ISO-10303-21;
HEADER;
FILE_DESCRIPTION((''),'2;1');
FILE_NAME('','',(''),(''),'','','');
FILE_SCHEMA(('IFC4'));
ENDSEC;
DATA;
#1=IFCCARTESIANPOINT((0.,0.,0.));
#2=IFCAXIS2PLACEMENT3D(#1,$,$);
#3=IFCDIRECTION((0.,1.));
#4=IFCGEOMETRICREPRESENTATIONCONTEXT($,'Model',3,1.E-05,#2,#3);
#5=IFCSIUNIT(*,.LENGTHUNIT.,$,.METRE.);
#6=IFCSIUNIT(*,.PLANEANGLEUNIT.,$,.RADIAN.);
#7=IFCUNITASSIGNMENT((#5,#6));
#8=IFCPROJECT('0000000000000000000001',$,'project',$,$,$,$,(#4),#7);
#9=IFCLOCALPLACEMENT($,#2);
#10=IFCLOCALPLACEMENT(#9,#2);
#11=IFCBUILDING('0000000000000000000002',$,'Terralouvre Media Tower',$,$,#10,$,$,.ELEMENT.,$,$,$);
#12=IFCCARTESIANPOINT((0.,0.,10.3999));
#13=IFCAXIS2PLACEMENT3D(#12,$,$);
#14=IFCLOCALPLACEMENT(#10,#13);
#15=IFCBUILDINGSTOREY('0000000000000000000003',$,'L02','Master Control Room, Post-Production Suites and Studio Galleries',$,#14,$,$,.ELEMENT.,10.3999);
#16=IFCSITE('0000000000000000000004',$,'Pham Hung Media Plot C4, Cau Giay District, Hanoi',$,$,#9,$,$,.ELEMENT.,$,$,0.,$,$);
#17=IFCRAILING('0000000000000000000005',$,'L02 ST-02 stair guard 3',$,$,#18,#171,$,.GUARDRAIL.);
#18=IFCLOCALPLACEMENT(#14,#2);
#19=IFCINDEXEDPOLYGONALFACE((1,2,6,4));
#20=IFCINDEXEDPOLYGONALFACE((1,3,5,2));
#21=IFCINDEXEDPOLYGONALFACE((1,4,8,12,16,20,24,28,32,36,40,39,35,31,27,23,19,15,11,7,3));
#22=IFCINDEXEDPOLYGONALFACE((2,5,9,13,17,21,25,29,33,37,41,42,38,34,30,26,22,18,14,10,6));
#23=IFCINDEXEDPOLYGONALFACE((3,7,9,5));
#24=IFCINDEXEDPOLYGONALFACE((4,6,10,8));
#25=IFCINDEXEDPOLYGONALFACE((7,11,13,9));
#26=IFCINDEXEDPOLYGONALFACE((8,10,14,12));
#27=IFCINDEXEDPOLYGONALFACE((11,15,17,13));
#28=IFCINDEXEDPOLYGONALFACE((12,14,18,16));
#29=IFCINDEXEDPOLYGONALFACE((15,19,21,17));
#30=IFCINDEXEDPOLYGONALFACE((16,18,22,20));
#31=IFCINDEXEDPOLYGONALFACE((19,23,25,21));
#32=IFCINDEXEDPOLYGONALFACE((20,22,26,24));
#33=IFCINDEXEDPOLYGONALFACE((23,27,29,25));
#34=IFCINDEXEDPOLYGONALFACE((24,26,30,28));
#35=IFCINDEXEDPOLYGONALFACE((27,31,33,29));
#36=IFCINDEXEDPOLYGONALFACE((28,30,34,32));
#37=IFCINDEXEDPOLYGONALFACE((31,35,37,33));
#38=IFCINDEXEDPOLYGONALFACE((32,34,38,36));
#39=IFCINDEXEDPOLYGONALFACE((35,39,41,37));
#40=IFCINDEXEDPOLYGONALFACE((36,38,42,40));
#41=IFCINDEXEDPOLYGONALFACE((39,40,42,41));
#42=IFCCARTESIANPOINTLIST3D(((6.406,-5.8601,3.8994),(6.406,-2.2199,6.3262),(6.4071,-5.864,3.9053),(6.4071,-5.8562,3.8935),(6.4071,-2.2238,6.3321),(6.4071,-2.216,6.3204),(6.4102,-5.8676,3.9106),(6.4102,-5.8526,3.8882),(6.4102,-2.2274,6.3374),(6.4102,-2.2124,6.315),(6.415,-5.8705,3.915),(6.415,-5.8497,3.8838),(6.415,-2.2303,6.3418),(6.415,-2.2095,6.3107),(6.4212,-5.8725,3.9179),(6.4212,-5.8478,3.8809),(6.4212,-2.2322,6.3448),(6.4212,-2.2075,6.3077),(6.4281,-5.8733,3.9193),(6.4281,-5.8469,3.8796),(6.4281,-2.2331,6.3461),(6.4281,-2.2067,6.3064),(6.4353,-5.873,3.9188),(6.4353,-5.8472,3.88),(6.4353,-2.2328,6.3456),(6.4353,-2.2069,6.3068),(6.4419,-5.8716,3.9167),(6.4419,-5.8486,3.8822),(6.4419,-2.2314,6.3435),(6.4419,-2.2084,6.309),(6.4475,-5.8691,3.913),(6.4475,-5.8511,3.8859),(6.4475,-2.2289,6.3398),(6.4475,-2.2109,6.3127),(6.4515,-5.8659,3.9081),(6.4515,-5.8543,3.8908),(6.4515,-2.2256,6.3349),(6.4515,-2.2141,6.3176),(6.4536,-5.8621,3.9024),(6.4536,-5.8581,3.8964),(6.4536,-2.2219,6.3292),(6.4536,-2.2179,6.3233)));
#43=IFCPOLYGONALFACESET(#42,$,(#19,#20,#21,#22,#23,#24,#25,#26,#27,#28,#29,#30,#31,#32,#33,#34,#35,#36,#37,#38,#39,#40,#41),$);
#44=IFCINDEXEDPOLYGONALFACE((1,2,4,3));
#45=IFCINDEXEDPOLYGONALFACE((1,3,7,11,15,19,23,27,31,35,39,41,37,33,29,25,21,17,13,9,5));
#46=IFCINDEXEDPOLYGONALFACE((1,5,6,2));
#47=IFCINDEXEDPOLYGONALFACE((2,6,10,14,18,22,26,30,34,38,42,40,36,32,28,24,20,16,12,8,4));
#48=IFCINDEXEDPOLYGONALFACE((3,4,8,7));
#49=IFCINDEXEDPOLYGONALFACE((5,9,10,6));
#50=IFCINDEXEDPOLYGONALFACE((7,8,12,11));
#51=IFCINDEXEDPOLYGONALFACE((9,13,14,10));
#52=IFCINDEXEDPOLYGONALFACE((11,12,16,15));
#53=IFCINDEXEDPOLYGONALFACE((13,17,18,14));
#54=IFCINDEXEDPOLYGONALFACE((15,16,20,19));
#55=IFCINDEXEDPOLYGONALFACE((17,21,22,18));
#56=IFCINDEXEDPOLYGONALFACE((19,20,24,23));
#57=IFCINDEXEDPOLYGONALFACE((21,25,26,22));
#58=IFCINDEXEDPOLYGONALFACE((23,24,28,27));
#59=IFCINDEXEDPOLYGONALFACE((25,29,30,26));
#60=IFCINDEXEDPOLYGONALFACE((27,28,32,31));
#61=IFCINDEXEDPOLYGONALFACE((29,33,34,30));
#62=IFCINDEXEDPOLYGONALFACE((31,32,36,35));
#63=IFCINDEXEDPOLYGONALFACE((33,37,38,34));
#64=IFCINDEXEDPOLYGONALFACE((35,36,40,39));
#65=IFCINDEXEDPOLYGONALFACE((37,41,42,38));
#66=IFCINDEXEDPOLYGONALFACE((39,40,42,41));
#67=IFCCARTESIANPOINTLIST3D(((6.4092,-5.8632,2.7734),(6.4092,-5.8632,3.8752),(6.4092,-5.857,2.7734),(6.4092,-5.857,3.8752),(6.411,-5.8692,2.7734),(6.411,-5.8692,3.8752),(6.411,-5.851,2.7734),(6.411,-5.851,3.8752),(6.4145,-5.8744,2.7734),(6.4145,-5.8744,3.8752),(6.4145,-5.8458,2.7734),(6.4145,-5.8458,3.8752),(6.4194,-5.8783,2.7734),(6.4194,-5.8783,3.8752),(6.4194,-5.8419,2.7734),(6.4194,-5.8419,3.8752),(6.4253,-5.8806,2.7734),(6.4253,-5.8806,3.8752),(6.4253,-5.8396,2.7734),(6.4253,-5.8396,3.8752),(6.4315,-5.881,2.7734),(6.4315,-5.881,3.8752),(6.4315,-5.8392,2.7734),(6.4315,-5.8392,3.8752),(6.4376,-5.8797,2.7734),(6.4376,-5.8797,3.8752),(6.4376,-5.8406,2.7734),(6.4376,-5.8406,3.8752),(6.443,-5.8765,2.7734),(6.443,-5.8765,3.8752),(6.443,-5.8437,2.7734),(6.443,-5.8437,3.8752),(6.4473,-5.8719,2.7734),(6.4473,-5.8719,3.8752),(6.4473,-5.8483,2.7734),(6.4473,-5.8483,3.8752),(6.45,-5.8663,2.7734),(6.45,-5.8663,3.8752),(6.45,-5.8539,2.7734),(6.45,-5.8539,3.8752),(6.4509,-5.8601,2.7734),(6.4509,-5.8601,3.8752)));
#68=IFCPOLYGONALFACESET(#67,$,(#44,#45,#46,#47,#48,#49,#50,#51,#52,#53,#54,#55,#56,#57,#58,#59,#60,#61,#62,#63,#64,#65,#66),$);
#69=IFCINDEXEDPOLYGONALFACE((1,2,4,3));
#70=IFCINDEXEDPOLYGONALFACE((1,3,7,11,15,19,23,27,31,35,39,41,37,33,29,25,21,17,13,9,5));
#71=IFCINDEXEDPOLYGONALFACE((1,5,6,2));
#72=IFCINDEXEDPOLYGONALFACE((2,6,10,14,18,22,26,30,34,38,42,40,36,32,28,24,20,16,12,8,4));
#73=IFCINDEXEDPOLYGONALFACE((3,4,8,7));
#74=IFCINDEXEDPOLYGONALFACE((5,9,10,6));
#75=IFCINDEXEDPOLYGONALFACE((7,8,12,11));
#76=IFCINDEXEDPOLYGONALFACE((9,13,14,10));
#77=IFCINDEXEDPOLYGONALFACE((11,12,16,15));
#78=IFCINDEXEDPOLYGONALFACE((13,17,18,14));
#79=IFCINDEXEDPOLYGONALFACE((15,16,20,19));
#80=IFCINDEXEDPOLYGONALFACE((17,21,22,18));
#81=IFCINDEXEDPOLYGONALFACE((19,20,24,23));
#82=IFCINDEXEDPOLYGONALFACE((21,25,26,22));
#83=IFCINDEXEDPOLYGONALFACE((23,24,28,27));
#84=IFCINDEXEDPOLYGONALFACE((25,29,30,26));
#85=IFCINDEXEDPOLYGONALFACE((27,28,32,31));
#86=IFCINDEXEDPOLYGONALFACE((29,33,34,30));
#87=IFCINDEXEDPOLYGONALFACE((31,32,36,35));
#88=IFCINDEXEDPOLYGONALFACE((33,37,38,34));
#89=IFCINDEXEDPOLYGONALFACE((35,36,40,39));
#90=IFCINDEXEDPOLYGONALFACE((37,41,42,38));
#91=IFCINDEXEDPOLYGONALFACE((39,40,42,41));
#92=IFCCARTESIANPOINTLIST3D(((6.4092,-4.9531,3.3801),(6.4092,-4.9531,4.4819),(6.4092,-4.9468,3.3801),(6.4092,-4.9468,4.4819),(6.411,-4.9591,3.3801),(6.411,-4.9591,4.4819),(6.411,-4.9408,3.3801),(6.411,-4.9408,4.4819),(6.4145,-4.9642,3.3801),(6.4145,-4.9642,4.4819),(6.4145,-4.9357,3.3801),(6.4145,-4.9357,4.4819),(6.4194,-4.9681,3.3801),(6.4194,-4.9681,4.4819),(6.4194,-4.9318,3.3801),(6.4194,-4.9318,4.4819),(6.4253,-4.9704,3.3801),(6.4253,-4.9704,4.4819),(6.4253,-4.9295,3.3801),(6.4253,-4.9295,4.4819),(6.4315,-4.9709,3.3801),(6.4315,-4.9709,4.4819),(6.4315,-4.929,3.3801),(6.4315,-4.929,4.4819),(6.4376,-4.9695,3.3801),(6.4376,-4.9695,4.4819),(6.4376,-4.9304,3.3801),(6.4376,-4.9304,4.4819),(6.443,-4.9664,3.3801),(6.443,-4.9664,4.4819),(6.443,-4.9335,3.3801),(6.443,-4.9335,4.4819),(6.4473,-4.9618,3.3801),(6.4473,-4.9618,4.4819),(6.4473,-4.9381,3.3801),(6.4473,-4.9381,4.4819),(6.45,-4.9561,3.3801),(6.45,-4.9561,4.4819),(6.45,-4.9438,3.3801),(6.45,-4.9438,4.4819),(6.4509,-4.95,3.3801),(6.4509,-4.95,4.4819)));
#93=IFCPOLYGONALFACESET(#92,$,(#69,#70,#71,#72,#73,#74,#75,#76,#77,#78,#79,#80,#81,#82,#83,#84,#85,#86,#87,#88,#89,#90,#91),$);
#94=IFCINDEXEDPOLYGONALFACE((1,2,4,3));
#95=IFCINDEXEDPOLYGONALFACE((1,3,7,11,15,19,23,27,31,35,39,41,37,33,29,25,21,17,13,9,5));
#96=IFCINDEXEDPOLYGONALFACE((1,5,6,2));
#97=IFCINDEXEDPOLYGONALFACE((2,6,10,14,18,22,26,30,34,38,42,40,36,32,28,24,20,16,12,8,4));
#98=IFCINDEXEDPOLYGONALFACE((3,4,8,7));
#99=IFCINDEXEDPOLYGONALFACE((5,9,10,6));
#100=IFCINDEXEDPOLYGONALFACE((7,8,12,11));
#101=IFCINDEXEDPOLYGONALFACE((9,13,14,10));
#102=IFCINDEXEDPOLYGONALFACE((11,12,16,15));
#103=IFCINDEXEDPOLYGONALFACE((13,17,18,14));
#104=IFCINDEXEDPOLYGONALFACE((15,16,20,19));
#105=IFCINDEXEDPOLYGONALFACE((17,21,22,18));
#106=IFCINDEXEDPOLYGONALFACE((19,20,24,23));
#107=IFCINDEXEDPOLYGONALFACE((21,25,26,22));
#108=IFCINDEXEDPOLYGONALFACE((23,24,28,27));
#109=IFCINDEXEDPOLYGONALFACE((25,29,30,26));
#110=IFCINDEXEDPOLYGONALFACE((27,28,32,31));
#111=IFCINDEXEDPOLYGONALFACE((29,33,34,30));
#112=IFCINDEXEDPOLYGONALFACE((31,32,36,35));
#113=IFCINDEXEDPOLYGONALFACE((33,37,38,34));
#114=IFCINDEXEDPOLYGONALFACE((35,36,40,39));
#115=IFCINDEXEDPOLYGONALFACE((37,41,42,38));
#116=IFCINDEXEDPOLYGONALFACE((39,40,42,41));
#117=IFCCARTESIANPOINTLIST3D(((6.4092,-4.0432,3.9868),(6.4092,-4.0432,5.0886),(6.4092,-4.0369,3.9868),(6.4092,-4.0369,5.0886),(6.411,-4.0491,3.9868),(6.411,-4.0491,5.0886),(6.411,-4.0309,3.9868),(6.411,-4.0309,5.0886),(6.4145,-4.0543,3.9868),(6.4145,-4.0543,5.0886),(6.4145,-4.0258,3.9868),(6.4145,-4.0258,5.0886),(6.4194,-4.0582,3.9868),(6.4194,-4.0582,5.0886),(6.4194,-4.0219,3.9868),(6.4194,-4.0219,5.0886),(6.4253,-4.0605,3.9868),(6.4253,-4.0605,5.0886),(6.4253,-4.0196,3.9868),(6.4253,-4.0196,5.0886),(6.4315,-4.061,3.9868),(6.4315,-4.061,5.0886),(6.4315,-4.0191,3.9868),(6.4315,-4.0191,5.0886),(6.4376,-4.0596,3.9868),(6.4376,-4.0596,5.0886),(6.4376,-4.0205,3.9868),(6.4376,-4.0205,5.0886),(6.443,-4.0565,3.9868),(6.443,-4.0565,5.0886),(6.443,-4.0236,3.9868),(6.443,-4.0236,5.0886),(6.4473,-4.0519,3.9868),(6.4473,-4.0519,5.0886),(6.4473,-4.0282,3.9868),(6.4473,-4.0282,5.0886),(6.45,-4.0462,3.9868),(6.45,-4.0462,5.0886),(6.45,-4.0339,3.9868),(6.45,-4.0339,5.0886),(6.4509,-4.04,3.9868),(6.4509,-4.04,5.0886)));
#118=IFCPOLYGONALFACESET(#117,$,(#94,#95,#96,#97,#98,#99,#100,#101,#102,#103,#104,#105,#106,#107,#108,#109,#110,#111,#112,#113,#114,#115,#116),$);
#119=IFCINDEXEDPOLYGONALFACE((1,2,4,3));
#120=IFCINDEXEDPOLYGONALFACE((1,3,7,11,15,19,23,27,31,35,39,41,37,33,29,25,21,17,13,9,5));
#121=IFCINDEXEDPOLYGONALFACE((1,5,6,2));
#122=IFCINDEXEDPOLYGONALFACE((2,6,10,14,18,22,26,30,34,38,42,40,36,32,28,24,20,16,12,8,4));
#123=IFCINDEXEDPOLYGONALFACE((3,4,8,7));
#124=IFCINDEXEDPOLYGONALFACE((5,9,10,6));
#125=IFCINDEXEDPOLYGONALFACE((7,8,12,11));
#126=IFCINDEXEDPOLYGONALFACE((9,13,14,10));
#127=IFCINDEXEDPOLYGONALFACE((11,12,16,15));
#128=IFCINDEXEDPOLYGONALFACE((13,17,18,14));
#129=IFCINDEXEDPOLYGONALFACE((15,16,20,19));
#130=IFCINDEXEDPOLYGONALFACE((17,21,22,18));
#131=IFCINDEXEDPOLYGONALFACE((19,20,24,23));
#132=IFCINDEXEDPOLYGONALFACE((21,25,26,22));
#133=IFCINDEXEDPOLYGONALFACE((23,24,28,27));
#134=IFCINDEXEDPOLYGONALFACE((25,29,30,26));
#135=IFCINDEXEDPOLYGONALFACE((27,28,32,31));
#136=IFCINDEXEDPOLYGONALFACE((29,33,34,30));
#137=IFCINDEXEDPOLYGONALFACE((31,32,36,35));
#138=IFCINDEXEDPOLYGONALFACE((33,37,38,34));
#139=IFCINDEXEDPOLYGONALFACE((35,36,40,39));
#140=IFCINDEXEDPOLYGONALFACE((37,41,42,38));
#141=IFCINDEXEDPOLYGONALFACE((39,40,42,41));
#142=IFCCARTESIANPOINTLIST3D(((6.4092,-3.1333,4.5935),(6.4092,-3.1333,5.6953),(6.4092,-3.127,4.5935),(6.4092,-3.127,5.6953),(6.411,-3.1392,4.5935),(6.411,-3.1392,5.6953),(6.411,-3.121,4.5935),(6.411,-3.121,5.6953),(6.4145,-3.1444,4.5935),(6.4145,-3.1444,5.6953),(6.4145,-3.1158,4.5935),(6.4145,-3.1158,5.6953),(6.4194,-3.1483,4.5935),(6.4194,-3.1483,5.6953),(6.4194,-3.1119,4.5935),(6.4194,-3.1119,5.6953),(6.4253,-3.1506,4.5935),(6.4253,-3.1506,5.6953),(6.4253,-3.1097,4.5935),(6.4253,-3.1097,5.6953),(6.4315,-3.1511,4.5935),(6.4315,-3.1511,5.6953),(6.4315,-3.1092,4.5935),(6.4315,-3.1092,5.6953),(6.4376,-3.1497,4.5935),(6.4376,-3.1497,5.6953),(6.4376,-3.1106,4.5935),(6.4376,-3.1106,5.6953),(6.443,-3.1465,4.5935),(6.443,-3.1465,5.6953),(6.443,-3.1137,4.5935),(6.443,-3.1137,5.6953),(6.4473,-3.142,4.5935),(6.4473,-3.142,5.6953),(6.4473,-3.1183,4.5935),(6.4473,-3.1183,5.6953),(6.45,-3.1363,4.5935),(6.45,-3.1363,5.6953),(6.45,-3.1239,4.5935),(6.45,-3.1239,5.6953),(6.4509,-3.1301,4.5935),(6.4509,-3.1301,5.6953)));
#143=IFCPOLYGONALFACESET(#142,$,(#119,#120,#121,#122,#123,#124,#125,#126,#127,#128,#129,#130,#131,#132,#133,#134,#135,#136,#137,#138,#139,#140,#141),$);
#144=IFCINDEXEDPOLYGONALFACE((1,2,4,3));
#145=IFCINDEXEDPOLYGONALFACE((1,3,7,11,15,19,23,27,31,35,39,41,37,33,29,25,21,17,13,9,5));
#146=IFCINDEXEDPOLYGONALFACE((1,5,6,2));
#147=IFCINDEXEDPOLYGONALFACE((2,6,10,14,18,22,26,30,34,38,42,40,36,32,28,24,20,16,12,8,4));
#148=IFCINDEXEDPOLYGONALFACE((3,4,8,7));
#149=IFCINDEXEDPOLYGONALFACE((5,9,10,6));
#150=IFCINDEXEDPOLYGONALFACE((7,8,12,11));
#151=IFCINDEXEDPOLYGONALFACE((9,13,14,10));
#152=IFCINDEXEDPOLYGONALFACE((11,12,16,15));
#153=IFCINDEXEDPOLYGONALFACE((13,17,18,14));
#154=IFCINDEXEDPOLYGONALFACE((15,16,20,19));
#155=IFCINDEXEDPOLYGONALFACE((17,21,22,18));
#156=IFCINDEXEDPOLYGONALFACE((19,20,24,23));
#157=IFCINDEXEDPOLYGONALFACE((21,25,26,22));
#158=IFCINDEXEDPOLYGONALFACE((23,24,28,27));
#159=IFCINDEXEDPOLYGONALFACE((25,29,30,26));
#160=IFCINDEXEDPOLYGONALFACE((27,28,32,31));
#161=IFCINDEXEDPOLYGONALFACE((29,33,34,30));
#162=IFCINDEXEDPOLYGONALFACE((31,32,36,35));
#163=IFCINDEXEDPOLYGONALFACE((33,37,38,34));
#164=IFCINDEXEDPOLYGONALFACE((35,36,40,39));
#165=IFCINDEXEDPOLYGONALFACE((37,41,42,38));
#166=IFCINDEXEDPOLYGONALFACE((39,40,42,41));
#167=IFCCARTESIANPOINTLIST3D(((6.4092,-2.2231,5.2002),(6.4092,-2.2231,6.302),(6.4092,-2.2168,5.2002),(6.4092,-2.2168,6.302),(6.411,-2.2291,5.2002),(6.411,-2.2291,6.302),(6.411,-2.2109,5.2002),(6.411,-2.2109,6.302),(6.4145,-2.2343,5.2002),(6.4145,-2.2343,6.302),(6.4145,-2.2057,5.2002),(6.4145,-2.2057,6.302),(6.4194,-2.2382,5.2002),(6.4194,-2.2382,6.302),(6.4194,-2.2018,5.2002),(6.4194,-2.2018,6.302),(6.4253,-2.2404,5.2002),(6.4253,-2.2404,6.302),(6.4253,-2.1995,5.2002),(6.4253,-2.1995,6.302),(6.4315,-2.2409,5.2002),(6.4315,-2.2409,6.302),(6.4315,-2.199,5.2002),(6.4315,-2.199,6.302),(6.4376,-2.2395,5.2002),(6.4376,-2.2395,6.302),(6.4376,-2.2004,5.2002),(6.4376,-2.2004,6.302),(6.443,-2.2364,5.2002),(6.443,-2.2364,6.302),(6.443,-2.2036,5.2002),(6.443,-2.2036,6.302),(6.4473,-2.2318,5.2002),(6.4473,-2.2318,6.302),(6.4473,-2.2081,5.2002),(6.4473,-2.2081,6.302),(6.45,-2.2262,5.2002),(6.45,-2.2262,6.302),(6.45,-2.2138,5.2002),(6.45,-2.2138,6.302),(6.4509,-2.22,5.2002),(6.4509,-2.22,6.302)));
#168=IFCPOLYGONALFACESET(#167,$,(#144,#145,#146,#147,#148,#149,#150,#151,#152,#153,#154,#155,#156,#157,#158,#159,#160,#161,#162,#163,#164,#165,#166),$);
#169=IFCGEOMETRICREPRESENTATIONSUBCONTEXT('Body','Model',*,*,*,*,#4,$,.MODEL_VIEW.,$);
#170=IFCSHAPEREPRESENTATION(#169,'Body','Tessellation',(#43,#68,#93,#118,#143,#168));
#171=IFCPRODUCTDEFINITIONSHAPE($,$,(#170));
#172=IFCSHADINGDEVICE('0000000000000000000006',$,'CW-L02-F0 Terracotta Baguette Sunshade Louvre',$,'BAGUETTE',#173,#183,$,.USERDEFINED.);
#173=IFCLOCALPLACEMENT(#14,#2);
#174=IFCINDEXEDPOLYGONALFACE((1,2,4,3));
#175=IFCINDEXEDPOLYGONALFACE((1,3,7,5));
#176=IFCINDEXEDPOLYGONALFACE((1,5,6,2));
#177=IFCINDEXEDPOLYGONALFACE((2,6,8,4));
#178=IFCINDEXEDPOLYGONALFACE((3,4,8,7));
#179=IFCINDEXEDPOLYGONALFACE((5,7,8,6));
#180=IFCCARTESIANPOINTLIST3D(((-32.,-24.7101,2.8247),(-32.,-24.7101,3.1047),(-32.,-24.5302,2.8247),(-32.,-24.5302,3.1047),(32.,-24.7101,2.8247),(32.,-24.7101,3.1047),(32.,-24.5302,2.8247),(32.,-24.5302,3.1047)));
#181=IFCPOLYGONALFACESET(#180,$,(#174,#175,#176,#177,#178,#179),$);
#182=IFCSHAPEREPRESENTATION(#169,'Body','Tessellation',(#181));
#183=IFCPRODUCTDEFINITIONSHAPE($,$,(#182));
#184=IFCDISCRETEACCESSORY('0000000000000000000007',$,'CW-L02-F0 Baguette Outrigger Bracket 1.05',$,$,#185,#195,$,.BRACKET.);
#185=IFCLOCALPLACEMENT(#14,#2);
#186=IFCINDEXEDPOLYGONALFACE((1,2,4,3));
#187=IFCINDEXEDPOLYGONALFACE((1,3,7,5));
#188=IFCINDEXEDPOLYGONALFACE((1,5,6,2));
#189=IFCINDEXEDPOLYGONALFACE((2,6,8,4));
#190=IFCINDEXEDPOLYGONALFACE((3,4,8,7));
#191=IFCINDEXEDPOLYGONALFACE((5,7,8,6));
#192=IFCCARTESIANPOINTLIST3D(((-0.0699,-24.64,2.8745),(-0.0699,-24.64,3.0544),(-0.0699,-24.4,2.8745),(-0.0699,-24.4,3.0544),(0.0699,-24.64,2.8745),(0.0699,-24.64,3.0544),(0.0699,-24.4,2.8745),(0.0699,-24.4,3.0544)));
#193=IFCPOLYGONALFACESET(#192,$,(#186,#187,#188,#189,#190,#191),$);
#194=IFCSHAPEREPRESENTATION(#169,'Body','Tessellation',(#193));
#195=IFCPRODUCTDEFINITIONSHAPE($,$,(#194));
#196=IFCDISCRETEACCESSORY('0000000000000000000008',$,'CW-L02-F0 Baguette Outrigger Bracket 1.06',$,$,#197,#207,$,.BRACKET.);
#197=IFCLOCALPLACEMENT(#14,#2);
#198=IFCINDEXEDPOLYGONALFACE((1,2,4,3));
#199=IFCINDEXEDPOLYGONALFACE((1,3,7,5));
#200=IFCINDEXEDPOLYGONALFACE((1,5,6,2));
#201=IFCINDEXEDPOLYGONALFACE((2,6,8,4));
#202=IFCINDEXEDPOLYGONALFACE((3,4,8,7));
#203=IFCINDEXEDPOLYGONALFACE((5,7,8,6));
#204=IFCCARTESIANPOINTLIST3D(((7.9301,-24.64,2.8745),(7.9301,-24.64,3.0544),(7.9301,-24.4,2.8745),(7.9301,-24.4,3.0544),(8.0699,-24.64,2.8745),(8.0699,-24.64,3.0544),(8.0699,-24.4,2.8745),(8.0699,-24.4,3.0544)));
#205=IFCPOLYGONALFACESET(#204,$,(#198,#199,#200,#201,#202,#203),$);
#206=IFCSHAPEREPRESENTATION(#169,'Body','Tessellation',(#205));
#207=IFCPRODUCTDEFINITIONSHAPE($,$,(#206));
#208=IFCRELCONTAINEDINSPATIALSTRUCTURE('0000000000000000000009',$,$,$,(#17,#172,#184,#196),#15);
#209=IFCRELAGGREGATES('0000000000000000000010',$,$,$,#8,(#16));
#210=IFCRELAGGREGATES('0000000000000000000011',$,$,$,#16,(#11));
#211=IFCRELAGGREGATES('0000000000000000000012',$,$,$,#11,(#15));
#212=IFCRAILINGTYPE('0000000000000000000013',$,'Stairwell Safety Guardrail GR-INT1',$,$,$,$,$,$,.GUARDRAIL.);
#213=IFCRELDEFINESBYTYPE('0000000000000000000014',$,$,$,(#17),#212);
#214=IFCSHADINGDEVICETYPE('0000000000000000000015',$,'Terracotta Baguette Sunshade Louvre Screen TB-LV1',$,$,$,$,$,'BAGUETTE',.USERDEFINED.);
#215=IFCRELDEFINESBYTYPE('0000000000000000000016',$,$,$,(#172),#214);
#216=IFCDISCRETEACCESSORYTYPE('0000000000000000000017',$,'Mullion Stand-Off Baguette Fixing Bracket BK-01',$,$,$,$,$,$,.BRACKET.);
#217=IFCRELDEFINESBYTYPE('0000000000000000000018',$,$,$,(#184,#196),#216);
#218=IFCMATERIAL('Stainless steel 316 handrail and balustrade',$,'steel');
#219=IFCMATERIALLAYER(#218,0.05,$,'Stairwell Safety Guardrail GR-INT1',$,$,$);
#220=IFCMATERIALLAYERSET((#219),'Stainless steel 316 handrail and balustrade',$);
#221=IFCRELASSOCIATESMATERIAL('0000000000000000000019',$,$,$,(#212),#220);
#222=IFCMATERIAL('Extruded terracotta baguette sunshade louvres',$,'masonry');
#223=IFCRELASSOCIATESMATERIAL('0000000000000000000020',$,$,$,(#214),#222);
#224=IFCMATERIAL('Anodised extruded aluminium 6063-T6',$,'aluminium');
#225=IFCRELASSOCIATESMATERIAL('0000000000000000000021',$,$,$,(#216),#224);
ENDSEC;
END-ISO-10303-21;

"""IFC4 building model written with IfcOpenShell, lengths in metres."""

from ifc_helpers import new_model, si_unit, direction, frame, origin, origin_2d, place, context, subcontext, project, spatial, rectangle, circle, extrude, material, layer, layer_set, type_object, element, save


model = new_model("IFC4")

# Units and contexts
model_context = context("Model", 3, precision=1e-05, world=origin(), true_north=direction((0.0, 1.0)))
body_context = subcontext(model_context, "Body", "Model", "MODEL_VIEW")
ifc_project = project(units=[si_unit("LENGTHUNIT", "METRE"), si_unit("PLANEANGLEUNIT", "RADIAN")], contexts=[model_context])

# Site, building, storey
site_placement = place(None, origin())
site = spatial("IfcSite", under=ifc_project, at=site_placement, Name="Pham Hung Media Plot C4, Cau Giay District, Hanoi", CompositionType="ELEMENT", RefElevation=0.0)
building_placement = place(site_placement, origin())
building = spatial("IfcBuilding", under=site, at=building_placement, Name="Terralouvre Media Tower", CompositionType="ELEMENT")
storey_placement = place(building_placement, frame((0.0, 0.0, 10.3999)))
storey = spatial("IfcBuildingStorey", under=building, at=storey_placement, Name="L02", Description="Master Control Room, Post-Production Suites and Studio Galleries", CompositionType="ELEMENT", Elevation=10.3999)

# Railing
ifc_material_1 = material(Name="Stainless steel 316 handrail and balustrade", Category="steel")
ifc_layer_1 = layer(ifc_material_1, 0.05, Name="Stairwell Safety Guardrail GR-INT1")
ifc_layer_set_1 = layer_set([ifc_layer_1], Name="Stainless steel 316 handrail and balustrade")
railing_type = type_object("IfcRailingType", Name="Stairwell Safety Guardrail GR-INT1", PredefinedType="GUARDRAIL", material=ifc_layer_set_1)
railing_1_placement = place(storey_placement, frame((6.4299, -5.8601, 2.7734)))
element("IfcRailing", 1, at=railing_1_placement, inside=storey, type_object=railing_type, Name="L02 ST-02 stair guard 3", PredefinedType="GUARDRAIL", context=body_context, shape_type="SweptSolid", body=[
    extrude(circle(Radius=0.0239, at=origin_2d()), frame((0.0, 0.0, 1.126), z_axis=(0.0, 0.83205, 0.5547), x_axis=(-1.0, 0.0, 0.0)), (0.0, 0.0, 1.0), 4.375),
    extrude(circle(Radius=0.021, at=origin_2d()), origin(), (0.0, 0.0, 1.0), 1.1018),
    extrude(circle(Radius=0.021, at=origin_2d()), frame((0.0, 0.9102, 0.6067)), (0.0, 0.0, 1.0), 1.1018),
    extrude(circle(Radius=0.021, at=origin_2d()), frame((0.0, 1.8201, 1.2134)), (0.0, 0.0, 1.0), 1.1018),
    extrude(circle(Radius=0.021, at=origin_2d()), frame((0.0, 2.73, 1.8201)), (0.0, 0.0, 1.0), 1.1018),
    extrude(circle(Radius=0.021, at=origin_2d()), frame((0.0, 3.6401, 2.4268)), (0.0, 0.0, 1.0), 1.1018),
])

# Shading device
ifc_material_2 = material(Name="Extruded terracotta baguette sunshade louvres", Category="masonry")
shading_device_type_1 = type_object("IfcShadingDeviceType", Name="Terracotta Baguette Sunshade Louvre Screen TB-LV1", ElementType="BAGUETTE", PredefinedType="USERDEFINED", material=ifc_material_2)
shading_device_1_placement = place(storey_placement, frame((0.0, -24.6201, 2.8247), z_axis=(0.0, 0.0, 1.0), x_axis=(1.0, 0.0, 0.0)))
element("IfcShadingDevice", 2, at=shading_device_1_placement, inside=storey, type_object=shading_device_type_1, Name="CW-L02-F0 Terracotta Baguette Sunshade Louvre", ObjectType="BAGUETTE", PredefinedType="USERDEFINED", context=body_context, shape_type="SweptSolid", body=[
    extrude(rectangle(XDim=64.0, YDim=0.1799, at=origin_2d()), origin(), (0.0, 0.0, 1.0), 0.28),
])

# Discrete accessories
ifc_material_3 = material(Name="Anodised extruded aluminium 6063-T6", Category="aluminium")
discrete_accessory_type = type_object("IfcDiscreteAccessoryType", Name="Mullion Stand-Off Baguette Fixing Bracket BK-01", PredefinedType="BRACKET", material=ifc_material_3)
for number, where, z_axis, x_axis, name in (
    (3, (0.0, -24.52, 2.8745), (0.0, 0.0, 1.0), (1.0, 0.0, 0.0), "CW-L02-F0 Baguette Outrigger Bracket 1.05"),
    (4, (8.0, -24.52, 2.8745), (0.0, 0.0, 1.0), (1.0, 0.0, 0.0), "CW-L02-F0 Baguette Outrigger Bracket 1.06"),
):
    element("IfcDiscreteAccessory", number, at=place(storey_placement, frame(where, z_axis=z_axis, x_axis=x_axis)), inside=storey, type_object=discrete_accessory_type, Name=name, PredefinedType="BRACKET", context=body_context, shape_type="SweptSolid", body=[
        extrude(rectangle(XDim=0.1399, YDim=0.24, at=origin_2d()), origin(), (0.0, 0.0, 1.0), 0.1799),
    ])

save(model, "model.ifc")
